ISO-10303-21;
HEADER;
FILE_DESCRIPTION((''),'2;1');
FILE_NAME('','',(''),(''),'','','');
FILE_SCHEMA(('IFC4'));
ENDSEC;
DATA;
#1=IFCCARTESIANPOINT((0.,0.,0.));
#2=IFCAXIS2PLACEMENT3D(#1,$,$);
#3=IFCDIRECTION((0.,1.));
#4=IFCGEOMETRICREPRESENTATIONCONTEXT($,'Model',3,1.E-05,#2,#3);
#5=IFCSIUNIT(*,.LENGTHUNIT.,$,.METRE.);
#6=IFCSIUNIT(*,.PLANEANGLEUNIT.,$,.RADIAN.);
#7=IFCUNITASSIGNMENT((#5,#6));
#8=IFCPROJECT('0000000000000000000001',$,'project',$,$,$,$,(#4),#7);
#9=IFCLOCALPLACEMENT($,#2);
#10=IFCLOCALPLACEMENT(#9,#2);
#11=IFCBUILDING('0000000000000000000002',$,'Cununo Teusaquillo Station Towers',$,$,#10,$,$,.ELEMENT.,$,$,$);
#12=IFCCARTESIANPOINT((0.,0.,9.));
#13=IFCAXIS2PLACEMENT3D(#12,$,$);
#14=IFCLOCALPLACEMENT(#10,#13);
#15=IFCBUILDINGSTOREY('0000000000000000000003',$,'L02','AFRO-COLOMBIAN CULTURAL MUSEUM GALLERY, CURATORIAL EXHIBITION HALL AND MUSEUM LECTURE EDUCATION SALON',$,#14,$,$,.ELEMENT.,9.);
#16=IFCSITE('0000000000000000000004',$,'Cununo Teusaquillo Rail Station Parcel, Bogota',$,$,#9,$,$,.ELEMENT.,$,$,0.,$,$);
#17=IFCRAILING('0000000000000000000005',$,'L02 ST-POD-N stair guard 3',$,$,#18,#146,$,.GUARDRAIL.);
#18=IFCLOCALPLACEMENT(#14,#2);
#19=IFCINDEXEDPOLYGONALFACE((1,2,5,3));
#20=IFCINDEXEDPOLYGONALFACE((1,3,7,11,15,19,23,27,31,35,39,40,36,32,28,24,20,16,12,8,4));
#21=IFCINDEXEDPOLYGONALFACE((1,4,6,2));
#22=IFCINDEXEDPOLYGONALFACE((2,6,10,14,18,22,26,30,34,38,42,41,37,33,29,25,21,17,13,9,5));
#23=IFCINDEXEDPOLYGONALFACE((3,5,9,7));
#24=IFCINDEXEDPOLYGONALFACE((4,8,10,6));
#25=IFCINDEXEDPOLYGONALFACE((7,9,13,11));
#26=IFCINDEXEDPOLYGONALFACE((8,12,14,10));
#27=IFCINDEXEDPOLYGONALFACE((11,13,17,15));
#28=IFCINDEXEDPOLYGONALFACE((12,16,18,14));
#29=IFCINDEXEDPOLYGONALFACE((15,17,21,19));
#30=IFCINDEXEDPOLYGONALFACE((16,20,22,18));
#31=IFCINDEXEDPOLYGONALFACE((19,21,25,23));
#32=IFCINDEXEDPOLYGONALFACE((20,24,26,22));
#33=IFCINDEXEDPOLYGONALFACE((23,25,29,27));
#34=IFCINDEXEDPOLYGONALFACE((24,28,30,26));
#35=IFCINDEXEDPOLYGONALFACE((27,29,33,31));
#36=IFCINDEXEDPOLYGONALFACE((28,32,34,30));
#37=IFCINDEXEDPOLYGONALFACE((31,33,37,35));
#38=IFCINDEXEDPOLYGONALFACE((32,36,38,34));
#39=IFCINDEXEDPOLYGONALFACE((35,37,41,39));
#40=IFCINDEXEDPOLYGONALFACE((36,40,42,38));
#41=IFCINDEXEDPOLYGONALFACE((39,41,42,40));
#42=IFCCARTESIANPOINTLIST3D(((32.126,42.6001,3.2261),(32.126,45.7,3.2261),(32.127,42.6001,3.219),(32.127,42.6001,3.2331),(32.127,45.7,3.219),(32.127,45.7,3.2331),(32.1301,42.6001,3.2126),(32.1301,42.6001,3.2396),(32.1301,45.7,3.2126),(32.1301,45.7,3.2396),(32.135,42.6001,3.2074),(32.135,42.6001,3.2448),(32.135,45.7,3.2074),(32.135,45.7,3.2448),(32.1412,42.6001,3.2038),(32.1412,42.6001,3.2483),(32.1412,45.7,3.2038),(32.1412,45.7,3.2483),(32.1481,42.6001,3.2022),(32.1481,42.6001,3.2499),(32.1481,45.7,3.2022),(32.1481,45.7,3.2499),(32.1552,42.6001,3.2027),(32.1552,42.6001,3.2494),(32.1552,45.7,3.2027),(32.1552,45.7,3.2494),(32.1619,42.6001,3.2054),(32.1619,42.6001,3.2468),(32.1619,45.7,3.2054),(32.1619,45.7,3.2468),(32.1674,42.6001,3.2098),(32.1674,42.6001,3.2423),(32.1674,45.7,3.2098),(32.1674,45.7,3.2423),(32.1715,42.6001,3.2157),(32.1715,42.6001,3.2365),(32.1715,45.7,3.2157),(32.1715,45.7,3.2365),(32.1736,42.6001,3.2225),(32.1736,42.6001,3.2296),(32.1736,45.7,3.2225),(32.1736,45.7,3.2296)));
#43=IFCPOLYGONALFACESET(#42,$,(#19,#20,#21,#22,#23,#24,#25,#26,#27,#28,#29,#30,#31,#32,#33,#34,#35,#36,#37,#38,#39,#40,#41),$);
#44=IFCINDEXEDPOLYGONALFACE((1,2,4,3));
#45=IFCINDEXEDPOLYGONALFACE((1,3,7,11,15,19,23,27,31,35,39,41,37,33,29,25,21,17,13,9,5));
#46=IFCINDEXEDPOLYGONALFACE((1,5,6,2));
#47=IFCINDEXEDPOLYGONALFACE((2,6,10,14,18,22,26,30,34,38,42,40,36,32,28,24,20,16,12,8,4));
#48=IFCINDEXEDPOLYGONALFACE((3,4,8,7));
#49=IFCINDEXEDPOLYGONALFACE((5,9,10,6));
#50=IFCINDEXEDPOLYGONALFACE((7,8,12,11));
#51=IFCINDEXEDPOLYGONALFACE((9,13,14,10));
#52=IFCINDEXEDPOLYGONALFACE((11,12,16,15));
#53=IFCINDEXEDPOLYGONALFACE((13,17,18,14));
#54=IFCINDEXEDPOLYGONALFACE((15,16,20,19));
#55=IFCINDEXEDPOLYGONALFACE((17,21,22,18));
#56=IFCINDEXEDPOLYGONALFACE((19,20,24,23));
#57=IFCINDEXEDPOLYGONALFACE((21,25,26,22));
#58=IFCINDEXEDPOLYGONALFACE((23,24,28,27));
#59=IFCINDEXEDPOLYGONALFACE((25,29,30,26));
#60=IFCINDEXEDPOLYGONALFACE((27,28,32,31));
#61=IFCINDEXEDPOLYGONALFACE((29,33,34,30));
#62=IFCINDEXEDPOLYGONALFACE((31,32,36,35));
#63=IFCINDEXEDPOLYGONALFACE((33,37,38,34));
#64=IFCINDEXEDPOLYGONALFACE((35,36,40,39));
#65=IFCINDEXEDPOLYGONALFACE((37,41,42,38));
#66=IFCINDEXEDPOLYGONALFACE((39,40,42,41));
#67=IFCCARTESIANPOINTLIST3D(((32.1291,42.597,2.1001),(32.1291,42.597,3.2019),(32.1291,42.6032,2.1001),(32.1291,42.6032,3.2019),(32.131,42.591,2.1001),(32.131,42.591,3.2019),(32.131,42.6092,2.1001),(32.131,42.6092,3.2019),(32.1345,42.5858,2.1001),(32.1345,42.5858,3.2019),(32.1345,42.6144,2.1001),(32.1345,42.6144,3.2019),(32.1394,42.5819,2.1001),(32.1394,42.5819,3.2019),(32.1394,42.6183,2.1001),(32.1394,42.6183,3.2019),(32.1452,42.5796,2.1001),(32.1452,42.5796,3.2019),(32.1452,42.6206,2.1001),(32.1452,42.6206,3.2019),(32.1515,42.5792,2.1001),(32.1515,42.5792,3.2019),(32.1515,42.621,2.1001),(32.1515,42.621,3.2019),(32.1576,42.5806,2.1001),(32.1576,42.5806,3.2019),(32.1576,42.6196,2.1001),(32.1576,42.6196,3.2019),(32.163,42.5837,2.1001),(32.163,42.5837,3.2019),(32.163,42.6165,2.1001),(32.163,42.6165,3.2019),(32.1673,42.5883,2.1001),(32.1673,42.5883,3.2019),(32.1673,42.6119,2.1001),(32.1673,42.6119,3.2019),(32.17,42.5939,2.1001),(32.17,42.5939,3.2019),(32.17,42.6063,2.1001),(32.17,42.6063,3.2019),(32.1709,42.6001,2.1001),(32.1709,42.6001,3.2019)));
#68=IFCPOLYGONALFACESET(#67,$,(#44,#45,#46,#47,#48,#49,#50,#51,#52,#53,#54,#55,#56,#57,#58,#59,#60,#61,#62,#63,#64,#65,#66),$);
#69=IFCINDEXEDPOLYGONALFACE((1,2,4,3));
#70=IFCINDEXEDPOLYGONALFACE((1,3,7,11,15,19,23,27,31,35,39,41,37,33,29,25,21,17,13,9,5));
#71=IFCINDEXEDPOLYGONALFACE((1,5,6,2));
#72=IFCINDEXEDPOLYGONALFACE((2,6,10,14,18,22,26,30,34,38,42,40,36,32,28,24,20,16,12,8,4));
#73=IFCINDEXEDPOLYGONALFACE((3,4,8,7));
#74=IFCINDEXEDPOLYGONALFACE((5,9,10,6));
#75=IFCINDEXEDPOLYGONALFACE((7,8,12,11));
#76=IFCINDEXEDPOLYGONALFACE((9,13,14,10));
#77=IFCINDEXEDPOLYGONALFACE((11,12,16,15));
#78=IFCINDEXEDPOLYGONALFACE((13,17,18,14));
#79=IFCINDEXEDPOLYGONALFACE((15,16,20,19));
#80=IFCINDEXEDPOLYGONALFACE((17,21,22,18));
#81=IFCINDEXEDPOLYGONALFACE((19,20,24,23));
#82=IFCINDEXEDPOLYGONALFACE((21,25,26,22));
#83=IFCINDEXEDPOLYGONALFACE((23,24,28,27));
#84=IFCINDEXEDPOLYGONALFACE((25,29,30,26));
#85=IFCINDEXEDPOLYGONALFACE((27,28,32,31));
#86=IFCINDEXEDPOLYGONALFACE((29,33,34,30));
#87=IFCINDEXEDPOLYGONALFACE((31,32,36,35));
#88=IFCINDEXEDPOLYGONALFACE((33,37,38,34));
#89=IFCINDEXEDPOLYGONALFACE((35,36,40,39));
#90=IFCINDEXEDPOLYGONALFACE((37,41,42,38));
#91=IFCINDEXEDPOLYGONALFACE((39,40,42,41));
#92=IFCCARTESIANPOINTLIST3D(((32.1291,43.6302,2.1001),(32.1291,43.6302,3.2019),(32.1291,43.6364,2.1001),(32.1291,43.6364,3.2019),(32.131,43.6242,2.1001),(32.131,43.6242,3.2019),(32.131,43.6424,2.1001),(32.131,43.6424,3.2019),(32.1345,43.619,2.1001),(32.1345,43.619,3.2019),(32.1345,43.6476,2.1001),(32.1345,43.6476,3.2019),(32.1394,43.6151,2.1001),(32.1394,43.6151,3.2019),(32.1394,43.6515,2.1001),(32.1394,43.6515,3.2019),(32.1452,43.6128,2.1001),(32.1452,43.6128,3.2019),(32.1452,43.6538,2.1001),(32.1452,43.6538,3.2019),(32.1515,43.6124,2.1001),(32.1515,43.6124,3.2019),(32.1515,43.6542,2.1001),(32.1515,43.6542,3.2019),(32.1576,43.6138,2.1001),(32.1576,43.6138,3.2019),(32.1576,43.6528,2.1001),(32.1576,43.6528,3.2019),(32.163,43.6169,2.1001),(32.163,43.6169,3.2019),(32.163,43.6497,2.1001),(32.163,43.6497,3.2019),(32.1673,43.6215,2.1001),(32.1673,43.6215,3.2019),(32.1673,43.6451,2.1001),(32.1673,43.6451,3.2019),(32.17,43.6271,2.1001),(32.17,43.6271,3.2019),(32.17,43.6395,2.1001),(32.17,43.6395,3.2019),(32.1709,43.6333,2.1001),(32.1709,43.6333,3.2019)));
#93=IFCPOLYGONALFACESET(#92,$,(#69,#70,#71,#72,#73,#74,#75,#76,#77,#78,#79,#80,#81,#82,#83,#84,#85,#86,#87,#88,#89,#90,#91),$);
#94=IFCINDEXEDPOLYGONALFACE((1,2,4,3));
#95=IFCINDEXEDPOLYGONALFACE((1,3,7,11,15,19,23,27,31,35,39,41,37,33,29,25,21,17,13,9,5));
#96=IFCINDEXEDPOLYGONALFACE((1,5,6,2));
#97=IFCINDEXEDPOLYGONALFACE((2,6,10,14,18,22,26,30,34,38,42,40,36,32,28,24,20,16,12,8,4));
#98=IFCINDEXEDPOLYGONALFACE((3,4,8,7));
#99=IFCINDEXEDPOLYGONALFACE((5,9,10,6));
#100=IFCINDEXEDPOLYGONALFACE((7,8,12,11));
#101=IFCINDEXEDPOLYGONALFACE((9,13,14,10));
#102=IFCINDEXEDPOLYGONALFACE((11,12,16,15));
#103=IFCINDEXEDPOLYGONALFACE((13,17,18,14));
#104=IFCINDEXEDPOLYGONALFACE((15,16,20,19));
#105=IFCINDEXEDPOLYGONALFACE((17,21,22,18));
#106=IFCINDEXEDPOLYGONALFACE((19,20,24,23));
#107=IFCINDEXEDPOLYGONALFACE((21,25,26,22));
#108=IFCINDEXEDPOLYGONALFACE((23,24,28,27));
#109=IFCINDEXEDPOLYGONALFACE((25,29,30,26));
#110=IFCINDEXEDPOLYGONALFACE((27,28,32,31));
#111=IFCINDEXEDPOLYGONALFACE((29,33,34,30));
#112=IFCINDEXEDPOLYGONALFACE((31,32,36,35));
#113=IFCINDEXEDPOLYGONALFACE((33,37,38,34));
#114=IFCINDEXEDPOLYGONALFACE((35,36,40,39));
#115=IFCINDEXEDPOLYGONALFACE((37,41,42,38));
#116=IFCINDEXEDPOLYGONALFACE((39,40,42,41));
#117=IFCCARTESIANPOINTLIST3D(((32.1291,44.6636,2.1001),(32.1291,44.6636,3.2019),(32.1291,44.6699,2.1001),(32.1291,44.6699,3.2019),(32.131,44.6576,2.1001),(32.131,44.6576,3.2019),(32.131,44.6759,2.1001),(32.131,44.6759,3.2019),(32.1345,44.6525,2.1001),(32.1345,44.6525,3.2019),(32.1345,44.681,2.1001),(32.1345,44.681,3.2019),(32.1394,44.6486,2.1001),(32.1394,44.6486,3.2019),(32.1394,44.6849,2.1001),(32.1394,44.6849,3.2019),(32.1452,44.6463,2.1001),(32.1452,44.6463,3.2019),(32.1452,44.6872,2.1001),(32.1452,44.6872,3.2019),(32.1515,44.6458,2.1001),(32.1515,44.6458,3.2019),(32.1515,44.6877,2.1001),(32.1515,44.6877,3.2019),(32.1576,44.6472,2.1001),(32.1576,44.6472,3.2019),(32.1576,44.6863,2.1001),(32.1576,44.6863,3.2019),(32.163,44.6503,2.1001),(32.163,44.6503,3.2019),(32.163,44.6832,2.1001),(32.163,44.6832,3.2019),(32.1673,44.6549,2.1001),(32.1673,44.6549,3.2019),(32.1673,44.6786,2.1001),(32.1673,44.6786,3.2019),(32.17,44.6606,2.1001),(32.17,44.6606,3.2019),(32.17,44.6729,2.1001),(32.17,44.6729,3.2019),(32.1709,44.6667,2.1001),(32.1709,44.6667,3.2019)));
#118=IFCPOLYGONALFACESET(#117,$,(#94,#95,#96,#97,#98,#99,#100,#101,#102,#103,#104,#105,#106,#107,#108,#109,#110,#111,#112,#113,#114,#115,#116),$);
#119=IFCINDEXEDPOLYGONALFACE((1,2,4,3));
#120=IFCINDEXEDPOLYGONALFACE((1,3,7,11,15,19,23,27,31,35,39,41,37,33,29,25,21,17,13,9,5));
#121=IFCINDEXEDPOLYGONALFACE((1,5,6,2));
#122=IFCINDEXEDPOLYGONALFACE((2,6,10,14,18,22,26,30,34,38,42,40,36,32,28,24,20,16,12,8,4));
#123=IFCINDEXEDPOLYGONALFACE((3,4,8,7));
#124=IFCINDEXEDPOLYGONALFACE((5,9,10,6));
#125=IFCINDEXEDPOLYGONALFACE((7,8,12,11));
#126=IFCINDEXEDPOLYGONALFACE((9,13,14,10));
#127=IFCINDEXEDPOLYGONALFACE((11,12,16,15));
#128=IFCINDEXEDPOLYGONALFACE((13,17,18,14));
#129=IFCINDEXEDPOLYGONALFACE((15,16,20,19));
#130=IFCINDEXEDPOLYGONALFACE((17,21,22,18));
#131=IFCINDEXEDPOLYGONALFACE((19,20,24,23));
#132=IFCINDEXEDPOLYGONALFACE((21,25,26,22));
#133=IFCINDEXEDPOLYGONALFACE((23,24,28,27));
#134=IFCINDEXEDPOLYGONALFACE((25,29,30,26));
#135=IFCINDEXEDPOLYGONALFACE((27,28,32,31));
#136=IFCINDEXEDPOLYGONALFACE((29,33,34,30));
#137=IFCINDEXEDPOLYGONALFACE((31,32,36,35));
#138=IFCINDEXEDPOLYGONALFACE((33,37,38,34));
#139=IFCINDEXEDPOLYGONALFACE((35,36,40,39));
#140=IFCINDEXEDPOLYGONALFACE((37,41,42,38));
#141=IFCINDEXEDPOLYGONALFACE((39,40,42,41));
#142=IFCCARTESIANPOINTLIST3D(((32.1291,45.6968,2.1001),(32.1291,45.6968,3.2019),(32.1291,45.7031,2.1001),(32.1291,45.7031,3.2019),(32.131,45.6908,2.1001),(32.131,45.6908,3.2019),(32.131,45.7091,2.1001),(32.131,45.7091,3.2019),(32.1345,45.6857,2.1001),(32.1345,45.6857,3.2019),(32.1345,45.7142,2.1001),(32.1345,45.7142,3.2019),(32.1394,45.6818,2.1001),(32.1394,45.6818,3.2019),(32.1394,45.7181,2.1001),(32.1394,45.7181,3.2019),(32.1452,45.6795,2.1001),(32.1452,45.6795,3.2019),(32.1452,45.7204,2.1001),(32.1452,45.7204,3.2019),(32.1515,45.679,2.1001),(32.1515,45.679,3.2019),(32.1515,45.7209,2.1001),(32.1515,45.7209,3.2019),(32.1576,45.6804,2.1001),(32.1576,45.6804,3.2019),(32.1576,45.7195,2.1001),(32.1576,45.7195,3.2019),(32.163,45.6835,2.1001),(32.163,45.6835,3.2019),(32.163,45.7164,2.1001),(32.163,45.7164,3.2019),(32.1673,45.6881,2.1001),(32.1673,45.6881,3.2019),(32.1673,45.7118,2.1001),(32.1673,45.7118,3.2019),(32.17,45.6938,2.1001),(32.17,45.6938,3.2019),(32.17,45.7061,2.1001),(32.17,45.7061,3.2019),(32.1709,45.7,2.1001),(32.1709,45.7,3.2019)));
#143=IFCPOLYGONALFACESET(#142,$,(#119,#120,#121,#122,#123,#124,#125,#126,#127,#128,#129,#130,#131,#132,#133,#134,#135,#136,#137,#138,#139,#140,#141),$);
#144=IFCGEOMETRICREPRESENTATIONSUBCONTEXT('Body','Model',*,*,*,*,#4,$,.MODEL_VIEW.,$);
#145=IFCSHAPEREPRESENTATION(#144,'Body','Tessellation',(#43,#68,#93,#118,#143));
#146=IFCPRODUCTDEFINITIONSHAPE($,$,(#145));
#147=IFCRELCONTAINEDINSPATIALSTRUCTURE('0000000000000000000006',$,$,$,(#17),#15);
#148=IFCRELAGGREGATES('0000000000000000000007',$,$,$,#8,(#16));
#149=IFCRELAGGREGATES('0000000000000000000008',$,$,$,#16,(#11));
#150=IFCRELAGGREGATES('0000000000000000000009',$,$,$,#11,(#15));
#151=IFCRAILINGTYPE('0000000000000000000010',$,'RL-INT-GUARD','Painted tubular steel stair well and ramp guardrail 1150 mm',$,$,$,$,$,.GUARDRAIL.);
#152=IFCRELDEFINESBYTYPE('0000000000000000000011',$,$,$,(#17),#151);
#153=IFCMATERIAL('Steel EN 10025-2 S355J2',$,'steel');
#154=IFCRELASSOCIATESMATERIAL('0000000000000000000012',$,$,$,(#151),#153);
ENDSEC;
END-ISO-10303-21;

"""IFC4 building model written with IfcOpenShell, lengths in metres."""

from ifc_helpers import new_model, si_unit, direction, frame, origin, origin_2d, place, context, subcontext, project, spatial, circle, extrude, material, type_object, element, save


model = new_model("IFC4")

# Units and contexts
model_context = context("Model", 3, precision=1e-05, world=origin(), true_north=direction((0.0, 1.0)))
body_context = subcontext(model_context, "Body", "Model", "MODEL_VIEW")
ifc_project = project(units=[si_unit("LENGTHUNIT", "METRE"), si_unit("PLANEANGLEUNIT", "RADIAN")], contexts=[model_context])

# Site, building, storey
site_placement = place(None, origin())
site = spatial("IfcSite", under=ifc_project, at=site_placement, Name="Cununo Teusaquillo Rail Station Parcel, Bogota", CompositionType="ELEMENT", RefElevation=0.0)
building_placement = place(site_placement, origin())
building = spatial("IfcBuilding", under=site, at=building_placement, Name="Cununo Teusaquillo Station Towers", CompositionType="ELEMENT")
storey_placement = place(building_placement, frame((0.0, 0.0, 9.0)))
storey = spatial("IfcBuildingStorey", under=building, at=storey_placement, Name="L02", Description="AFRO-COLOMBIAN CULTURAL MUSEUM GALLERY, CURATORIAL EXHIBITION HALL AND MUSEUM LECTURE EDUCATION SALON", CompositionType="ELEMENT", Elevation=9.0)

# Railing
ifc_material_1 = material(Name="Steel EN 10025-2 S355J2", Category="steel")
railing_type_1 = type_object("IfcRailingType", Name="RL-INT-GUARD", Description="Painted tubular steel stair well and ramp guardrail 1150 mm", PredefinedType="GUARDRAIL", material=ifc_material_1)
railing_1_placement = place(storey_placement, frame((32.1499, 42.6001, 2.1001)))
element("IfcRailing", 1, at=railing_1_placement, inside=storey, type_object=railing_type_1, Name="L02 ST-POD-N stair guard 3", PredefinedType="GUARDRAIL", context=body_context, shape_type="SweptSolid", body=[
    extrude(circle(Radius=0.0239, at=origin_2d()), frame((0.0, 0.0, 1.126), z_axis=(0.0, 1.0, 0.0), x_axis=(-1.0, 0.0, 0.0)), (0.0, 0.0, 1.0), 3.0999),
    extrude(circle(Radius=0.021, at=origin_2d()), origin(), (0.0, 0.0, 1.0), 1.1018),
    extrude(circle(Radius=0.021, at=origin_2d()), frame((0.0, 1.0332, 0.0)), (0.0, 0.0, 1.0), 1.1018),
    extrude(circle(Radius=0.021, at=origin_2d()), frame((0.0, 2.0667, 0.0)), (0.0, 0.0, 1.0), 1.1018),
    extrude(circle(Radius=0.021, at=origin_2d()), frame((0.0, 3.0999, 0.0)), (0.0, 0.0, 1.0), 1.1018),
])

save(model, "model.ifc")
